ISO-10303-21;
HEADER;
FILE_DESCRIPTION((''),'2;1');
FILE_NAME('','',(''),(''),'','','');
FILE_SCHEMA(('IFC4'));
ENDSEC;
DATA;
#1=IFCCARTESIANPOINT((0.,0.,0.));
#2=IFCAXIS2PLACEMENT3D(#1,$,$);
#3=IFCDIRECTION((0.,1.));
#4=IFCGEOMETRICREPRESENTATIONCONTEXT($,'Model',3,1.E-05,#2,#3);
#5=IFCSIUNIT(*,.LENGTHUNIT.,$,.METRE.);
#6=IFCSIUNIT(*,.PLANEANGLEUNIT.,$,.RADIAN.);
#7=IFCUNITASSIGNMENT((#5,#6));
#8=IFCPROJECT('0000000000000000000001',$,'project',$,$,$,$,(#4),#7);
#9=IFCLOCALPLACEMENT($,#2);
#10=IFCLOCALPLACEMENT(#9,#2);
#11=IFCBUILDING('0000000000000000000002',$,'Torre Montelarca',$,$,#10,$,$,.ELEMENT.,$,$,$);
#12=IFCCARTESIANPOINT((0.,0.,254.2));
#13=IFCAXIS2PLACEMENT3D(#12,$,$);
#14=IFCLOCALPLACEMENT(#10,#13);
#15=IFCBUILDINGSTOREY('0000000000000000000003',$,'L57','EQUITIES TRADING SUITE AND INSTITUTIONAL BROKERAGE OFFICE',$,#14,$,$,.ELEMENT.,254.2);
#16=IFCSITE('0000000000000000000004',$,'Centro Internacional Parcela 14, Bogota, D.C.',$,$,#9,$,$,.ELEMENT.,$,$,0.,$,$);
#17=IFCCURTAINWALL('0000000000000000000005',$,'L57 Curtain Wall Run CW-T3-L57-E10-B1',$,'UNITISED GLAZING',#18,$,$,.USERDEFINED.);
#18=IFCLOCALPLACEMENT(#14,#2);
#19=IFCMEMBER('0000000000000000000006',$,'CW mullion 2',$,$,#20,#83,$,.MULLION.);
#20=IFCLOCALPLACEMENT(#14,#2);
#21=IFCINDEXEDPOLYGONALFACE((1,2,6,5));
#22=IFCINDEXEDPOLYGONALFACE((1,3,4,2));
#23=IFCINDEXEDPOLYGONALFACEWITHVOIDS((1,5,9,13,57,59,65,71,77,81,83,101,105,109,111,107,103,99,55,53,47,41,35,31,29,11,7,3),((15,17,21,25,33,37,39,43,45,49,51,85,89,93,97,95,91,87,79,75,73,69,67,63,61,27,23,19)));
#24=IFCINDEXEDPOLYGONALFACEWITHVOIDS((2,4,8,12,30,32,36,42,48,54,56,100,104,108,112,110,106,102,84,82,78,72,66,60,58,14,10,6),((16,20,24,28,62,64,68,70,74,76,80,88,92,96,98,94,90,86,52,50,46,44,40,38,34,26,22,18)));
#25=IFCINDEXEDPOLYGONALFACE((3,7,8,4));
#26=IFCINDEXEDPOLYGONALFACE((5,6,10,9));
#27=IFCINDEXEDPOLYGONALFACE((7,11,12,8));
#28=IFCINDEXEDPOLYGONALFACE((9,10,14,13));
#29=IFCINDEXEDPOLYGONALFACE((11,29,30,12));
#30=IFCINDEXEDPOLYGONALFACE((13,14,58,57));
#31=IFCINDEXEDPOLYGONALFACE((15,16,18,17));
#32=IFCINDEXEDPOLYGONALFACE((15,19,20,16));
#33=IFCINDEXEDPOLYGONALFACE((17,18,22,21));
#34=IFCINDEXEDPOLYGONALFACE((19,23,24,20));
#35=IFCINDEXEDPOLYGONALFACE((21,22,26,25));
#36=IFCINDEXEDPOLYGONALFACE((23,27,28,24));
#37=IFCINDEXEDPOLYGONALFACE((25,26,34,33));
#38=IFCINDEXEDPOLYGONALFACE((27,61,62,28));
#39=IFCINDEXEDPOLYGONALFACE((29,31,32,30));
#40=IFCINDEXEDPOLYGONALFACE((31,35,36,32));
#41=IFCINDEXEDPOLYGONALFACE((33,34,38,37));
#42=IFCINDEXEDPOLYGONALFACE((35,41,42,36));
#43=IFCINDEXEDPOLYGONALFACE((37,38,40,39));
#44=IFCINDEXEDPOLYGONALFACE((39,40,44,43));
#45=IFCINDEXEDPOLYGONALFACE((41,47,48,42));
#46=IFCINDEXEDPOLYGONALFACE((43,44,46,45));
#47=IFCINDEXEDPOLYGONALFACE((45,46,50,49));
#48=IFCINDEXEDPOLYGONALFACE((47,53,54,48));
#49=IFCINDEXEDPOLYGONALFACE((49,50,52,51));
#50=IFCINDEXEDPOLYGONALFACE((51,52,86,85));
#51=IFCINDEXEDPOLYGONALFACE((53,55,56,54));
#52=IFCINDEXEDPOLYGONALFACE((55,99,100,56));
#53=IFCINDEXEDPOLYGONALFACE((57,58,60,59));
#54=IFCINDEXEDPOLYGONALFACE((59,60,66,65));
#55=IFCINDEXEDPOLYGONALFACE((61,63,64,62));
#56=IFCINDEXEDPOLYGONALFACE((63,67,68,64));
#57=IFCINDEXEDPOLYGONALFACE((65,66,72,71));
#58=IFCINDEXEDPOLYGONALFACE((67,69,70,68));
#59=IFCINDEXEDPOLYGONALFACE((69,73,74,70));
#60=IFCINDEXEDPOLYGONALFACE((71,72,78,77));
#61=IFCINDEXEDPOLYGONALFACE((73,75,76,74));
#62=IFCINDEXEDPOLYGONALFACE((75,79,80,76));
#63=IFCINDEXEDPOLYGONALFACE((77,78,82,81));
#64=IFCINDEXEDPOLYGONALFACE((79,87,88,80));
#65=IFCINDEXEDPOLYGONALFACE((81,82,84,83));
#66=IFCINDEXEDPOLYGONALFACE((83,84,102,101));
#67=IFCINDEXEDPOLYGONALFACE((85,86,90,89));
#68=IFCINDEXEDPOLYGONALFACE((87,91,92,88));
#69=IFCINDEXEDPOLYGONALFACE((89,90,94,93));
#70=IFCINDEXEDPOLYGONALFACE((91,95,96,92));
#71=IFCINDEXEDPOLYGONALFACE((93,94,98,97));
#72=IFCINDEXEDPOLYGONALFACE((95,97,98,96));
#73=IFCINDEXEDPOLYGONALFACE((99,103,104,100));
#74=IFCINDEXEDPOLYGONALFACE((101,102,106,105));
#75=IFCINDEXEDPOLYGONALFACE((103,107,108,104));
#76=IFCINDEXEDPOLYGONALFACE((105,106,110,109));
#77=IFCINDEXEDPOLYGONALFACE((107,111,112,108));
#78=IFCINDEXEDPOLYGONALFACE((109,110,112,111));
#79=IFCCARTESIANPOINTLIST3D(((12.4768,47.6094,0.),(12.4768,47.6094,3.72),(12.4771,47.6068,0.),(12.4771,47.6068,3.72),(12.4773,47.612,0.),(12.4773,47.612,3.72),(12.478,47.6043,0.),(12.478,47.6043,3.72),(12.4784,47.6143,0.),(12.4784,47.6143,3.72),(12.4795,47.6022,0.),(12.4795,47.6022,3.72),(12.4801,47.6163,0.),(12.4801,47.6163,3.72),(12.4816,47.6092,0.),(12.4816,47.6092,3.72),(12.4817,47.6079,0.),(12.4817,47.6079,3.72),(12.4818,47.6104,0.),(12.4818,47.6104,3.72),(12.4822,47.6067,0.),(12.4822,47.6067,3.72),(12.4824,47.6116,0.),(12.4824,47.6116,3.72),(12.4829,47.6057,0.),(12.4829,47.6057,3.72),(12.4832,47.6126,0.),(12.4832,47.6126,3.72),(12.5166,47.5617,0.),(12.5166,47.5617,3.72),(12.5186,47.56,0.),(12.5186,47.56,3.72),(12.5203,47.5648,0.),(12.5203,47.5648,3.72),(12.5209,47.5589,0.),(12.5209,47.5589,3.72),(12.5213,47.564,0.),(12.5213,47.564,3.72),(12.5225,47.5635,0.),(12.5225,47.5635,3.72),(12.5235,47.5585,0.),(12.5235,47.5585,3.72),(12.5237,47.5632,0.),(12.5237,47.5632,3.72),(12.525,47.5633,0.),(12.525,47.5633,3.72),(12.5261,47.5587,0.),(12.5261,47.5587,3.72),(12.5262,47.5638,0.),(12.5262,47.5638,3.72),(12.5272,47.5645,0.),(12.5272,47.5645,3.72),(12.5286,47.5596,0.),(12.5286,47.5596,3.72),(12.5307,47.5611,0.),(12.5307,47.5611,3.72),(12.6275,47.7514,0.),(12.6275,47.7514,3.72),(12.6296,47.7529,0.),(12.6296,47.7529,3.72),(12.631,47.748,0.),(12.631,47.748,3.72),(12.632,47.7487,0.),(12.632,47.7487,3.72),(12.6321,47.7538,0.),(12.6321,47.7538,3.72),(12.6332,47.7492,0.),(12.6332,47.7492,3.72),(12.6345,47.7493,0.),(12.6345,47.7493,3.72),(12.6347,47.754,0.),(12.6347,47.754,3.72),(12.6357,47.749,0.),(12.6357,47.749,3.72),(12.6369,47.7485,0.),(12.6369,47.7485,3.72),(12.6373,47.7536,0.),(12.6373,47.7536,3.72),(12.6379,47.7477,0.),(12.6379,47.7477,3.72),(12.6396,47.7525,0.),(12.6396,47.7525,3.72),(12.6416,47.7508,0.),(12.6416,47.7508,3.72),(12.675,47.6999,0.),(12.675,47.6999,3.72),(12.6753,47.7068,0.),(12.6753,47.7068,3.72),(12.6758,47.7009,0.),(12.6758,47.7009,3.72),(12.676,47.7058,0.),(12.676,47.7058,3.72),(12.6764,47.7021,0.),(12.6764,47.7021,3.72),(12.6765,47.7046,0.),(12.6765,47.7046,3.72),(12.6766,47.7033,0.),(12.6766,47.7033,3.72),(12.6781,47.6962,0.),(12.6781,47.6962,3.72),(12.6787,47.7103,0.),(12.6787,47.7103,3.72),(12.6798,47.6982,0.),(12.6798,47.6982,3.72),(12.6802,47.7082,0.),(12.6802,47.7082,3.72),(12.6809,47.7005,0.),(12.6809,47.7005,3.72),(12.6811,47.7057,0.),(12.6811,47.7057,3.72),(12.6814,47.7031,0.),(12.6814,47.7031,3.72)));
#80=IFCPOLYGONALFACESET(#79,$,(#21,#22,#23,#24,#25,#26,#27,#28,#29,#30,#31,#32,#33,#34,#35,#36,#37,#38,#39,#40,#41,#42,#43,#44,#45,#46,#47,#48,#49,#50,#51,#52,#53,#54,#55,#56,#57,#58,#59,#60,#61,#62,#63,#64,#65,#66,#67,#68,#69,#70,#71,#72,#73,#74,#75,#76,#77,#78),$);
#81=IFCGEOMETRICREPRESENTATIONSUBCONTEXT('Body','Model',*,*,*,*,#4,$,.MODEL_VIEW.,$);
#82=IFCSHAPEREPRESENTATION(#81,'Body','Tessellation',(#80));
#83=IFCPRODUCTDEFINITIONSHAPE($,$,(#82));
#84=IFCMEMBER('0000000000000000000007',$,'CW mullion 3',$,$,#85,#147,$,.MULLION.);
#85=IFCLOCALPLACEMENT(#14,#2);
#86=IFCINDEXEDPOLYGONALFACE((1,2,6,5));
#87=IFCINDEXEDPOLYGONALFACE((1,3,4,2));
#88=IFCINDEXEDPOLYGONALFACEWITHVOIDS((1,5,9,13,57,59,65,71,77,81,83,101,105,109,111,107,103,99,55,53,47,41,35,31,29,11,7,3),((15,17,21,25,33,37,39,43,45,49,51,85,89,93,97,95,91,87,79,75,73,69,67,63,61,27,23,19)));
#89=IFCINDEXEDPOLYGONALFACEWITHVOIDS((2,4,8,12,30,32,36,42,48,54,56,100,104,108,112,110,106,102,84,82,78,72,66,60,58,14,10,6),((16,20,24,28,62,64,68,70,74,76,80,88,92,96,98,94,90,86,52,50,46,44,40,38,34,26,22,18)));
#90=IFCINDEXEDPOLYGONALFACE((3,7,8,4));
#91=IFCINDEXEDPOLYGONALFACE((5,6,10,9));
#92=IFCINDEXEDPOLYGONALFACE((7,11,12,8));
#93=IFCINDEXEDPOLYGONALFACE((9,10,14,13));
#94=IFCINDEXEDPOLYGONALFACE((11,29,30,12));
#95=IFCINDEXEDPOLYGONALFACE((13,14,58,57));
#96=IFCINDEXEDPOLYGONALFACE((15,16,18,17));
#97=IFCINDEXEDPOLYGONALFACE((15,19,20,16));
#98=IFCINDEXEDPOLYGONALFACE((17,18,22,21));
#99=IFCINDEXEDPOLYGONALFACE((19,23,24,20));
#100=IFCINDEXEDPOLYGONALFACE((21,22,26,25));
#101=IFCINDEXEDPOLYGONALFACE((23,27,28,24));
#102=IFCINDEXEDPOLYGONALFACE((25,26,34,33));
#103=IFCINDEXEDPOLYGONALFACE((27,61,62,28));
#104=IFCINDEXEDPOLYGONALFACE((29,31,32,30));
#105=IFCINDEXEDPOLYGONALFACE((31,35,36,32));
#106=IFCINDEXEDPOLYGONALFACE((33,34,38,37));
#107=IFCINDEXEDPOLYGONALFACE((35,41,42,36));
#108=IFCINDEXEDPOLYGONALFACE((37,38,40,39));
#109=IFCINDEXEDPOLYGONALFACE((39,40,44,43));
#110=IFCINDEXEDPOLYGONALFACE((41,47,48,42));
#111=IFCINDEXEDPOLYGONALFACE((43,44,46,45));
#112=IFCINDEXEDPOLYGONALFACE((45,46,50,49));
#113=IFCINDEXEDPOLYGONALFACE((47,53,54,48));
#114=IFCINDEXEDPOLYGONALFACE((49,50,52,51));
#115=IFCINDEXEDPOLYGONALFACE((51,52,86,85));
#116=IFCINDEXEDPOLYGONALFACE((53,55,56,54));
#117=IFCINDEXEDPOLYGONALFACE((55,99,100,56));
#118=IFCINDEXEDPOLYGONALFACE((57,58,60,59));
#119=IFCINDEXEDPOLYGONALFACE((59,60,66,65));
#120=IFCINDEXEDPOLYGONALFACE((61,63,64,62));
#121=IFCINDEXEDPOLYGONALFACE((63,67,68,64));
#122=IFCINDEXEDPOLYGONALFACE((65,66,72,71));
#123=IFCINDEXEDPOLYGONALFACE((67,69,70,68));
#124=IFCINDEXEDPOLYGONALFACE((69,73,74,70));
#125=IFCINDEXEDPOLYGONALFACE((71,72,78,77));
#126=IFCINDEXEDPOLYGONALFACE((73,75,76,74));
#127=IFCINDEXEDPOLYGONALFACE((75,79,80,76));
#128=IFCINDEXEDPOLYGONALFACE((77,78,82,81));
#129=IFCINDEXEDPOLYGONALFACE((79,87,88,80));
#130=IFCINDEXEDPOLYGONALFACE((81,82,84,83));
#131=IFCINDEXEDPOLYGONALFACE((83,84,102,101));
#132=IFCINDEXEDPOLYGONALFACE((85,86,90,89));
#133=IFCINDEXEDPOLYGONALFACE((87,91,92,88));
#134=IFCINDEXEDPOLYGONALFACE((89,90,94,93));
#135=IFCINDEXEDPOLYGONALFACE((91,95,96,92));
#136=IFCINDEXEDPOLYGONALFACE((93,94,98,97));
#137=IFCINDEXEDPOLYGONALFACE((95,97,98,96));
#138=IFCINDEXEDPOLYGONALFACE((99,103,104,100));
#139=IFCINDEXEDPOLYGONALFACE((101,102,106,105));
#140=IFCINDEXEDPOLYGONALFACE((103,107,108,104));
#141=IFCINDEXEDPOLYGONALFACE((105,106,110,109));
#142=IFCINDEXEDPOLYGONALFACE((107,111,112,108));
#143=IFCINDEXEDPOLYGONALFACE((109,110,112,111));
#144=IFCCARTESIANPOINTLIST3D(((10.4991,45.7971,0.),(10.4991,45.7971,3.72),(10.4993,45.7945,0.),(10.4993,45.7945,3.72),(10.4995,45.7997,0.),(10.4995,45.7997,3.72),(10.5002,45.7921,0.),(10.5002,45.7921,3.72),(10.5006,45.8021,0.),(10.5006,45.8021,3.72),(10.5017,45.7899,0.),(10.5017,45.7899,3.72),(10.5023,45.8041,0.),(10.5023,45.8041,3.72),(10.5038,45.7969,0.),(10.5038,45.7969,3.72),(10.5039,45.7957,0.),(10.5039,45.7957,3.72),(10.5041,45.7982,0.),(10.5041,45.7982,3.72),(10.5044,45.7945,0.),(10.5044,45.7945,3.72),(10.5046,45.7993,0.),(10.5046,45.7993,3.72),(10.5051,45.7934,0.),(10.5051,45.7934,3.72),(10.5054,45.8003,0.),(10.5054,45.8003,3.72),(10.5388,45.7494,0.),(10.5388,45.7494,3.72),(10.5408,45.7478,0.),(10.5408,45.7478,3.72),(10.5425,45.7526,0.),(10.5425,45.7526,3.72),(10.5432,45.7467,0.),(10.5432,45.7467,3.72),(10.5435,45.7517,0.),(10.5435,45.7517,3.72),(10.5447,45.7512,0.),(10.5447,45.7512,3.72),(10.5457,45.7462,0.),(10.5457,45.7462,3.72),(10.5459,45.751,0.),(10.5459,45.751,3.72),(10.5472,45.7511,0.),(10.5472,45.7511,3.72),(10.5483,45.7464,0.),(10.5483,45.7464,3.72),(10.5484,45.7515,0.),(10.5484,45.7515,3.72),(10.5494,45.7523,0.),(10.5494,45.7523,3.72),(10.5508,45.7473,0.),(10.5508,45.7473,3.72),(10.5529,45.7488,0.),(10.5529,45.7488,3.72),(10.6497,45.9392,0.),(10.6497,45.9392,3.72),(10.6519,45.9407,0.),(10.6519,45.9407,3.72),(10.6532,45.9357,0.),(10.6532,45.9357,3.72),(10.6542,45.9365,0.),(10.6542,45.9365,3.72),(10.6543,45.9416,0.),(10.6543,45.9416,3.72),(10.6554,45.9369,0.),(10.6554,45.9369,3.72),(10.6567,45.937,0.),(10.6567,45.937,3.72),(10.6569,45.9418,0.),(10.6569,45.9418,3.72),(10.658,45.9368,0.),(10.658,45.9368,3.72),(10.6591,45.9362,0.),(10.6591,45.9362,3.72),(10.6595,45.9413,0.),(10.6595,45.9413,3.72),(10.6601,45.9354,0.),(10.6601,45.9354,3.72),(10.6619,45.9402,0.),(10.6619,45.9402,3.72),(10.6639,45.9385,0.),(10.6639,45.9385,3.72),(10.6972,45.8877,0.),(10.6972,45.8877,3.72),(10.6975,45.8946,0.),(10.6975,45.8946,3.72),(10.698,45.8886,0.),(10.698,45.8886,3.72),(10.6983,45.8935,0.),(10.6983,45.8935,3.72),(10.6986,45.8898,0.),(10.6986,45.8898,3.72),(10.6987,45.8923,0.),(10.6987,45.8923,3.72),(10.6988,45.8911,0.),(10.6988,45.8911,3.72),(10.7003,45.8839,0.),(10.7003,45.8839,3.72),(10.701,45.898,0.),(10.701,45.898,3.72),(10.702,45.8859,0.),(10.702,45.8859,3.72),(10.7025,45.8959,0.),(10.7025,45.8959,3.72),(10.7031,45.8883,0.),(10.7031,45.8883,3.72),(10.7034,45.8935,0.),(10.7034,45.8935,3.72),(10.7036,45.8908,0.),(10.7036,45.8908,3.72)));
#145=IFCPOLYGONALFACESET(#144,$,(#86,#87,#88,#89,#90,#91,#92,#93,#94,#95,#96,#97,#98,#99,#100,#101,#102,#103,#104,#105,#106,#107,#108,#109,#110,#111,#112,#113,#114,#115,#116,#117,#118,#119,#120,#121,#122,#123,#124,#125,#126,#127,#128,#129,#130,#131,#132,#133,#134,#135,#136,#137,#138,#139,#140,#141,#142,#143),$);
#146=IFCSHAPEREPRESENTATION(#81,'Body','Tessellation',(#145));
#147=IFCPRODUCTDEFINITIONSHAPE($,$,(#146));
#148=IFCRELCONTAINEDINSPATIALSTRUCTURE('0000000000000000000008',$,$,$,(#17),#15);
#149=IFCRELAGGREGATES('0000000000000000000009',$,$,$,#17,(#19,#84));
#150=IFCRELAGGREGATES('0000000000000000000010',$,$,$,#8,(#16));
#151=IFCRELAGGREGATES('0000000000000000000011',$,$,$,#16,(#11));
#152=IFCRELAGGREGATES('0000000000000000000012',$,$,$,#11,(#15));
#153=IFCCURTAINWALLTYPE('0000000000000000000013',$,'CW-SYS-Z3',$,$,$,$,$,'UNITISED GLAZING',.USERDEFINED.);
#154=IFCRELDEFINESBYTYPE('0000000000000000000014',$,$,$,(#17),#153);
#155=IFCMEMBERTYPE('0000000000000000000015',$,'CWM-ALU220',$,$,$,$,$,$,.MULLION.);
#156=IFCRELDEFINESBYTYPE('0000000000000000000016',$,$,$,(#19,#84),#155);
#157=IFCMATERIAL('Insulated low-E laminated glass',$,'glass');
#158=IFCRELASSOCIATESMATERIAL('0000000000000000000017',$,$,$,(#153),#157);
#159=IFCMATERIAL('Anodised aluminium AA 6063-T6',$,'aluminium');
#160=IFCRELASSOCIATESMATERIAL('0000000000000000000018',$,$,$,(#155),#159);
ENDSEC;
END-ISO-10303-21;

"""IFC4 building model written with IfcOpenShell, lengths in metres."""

from ifc_helpers import new_model, si_unit, direction, frame, origin, origin_2d, place, context, subcontext, project, spatial, hollow_rectangle, extrude, source, transform, mapped, material, material_profile, profile_set, type_object, element, aggregate, save


model = new_model("IFC4")

# Units and contexts
model_context = context("Model", 3, precision=1e-05, world=origin(), true_north=direction((0.0, 1.0)))
body_context = subcontext(model_context, "Body", "Model", "MODEL_VIEW")
ifc_project = project(units=[si_unit("LENGTHUNIT", "METRE"), si_unit("PLANEANGLEUNIT", "RADIAN")], contexts=[model_context])

# Site, building, storey
site_placement = place(None, origin())
site = spatial("IfcSite", under=ifc_project, at=site_placement, Name="Centro Internacional Parcela 14, Bogota, D.C.", CompositionType="ELEMENT", RefElevation=0.0)
building_placement = place(site_placement, origin())
building = spatial("IfcBuilding", under=site, at=building_placement, Name="Torre Montelarca", CompositionType="ELEMENT")
storey_placement = place(building_placement, frame((0.0, 0.0, 254.2)))
storey = spatial("IfcBuildingStorey", under=building, at=storey_placement, Name="L57", Description="EQUITIES TRADING SUITE AND INSTITUTIONAL BROKERAGE OFFICE", CompositionType="ELEMENT", Elevation=254.2)

# Curtain wall, members
ifc_material_1 = material(Name="Insulated low-E laminated glass", Category="glass")
curtain_wall_type = type_object("IfcCurtainWallType", Name="CW-SYS-Z3", ElementType="UNITISED GLAZING", PredefinedType="USERDEFINED", material=ifc_material_1)
curtain_wall_1_placement = place(storey_placement, origin())
curtain_wall_1 = element("IfcCurtainWall", 1, at=curtain_wall_1_placement, inside=storey, type_object=curtain_wall_type, Name="L57 Curtain Wall Run CW-T3-L57-E10-B1", ObjectType="UNITISED GLAZING", PredefinedType="USERDEFINED")
ifc_material_2 = material(Name="Anodised aluminium AA 6063-T6", Category="aluminium")
ifc_material_profile_1 = material_profile(ifc_material_2, hollow_rectangle(XDim=0.075, YDim=0.22, WallThickness=0.0049, InnerFilletRadius=0.0049, OuterFilletRadius=0.01, at=origin_2d()), Name="ALU75X220X5", Category="aluminium")
ifc_profile_set_1 = profile_set([ifc_material_profile_1], Name="Anodised aluminium AA 6063-T6")
member_type_1 = type_object("IfcMemberType", Name="CWM-ALU220", PredefinedType="MULLION", material=ifc_profile_set_1)
shared_shape_1 = source(origin(), body_context, "Body", "SweptSolid", [
    extrude(hollow_rectangle(XDim=0.075, YDim=0.22, WallThickness=0.0049, InnerFilletRadius=0.0049, OuterFilletRadius=0.01, at=origin_2d()), origin(), (0.0, 0.0, 1.0), 3.72),
])
member_1_placement = place(storey_placement, frame((12.5791, 47.6562, 0.0), z_axis=(0.0, 0.0, 1.0), x_axis=(0.675588, -0.737279, 0.0)))
member_1 = element("IfcMember", 2, at=member_1_placement, type_object=member_type_1, Name="CW mullion 2", PredefinedType="MULLION", context=body_context, shape_type="MappedRepresentation", body=[
    mapped(shared_shape_1, transform((0.0, 0.0, 0.0), scale=1.0)),
])
member_2_placement = place(storey_placement, frame((10.6013, 45.844, 0.0), z_axis=(0.0, 0.0, 1.0), x_axis=(0.675588, -0.737279, 0.0)))
member_2 = element("IfcMember", 3, at=member_2_placement, type_object=member_type_1, Name="CW mullion 3", PredefinedType="MULLION", context=body_context, shape_type="MappedRepresentation", body=[
    mapped(shared_shape_1, transform((0.0, 0.0, 0.0), scale=1.0)),
])

aggregate(curtain_wall_1, [member_1, member_2])

save(model, "model.ifc")
